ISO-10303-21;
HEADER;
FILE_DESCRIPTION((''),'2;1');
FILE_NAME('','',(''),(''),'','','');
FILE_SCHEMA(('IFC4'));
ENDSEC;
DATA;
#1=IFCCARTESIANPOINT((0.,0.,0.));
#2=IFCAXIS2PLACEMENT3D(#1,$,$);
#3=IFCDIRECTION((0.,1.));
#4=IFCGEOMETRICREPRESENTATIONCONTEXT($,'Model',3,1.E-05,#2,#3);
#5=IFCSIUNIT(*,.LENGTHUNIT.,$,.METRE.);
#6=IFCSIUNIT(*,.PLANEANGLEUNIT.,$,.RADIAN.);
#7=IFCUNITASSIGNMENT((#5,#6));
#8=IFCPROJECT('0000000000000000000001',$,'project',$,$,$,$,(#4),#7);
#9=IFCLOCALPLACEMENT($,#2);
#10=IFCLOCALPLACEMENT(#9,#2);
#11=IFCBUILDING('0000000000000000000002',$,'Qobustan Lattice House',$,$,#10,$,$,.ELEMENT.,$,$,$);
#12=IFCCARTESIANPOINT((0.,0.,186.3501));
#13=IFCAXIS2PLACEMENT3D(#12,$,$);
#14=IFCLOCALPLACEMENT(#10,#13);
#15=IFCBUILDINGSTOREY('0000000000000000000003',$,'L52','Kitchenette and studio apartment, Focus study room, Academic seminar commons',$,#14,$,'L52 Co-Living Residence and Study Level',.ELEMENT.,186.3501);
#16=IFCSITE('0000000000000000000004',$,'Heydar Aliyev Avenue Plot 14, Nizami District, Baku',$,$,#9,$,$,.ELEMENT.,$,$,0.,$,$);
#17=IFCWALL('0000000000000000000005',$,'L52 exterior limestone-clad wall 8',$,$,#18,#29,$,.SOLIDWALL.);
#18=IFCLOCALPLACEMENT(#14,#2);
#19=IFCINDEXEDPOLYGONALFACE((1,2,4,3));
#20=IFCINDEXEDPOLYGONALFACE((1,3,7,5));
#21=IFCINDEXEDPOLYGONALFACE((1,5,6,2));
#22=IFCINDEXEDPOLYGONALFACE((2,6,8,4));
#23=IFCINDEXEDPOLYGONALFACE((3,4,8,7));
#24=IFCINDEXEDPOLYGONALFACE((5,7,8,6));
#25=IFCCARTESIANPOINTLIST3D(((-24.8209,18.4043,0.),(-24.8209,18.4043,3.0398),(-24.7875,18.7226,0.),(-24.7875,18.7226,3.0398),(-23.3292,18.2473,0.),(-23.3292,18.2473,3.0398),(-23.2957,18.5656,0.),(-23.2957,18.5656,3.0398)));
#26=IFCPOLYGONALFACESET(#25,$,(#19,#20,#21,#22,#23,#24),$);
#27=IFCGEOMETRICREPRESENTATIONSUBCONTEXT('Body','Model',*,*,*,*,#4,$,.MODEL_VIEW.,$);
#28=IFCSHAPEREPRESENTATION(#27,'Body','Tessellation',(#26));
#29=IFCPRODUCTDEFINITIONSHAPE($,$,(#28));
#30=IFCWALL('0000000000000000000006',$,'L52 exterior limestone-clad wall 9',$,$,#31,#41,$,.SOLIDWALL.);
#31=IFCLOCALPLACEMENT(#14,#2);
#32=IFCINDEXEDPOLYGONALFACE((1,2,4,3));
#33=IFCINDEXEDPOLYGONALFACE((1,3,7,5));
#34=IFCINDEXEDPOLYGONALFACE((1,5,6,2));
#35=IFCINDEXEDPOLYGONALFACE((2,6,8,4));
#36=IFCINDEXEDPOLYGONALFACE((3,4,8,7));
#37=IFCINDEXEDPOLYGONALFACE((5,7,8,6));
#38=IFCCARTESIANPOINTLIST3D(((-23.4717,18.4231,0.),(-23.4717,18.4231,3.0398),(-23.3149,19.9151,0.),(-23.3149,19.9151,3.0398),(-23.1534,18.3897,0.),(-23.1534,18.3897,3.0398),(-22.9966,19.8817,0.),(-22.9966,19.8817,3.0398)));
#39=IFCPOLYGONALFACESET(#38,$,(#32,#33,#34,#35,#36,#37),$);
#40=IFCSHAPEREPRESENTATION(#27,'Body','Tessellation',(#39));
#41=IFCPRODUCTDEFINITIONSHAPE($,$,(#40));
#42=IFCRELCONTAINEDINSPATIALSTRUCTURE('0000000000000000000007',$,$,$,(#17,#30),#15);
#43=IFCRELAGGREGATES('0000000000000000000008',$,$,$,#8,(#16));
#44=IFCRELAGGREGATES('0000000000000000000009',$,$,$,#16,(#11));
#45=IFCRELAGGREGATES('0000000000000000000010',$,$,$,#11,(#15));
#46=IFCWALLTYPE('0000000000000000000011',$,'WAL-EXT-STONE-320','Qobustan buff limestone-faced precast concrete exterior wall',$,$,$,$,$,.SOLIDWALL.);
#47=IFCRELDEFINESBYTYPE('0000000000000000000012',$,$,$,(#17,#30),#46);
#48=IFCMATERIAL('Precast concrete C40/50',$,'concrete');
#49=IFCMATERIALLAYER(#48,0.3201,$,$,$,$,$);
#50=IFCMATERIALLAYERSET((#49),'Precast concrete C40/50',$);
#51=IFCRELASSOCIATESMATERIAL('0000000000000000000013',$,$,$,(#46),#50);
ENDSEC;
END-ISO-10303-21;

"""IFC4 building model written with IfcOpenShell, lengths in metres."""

from ifc_helpers import new_model, si_unit, direction, frame, frame_2d, origin, place, context, subcontext, project, spatial, rectangle, extrude, material, layer, layer_set, type_object, element, save


model = new_model("IFC4")

# Units and contexts
model_context = context("Model", 3, precision=1e-05, world=origin(), true_north=direction((0.0, 1.0)))
body_context = subcontext(model_context, "Body", "Model", "MODEL_VIEW")
ifc_project = project(units=[si_unit("LENGTHUNIT", "METRE"), si_unit("PLANEANGLEUNIT", "RADIAN")], contexts=[model_context])

# Site, building, storey
site_placement = place(None, origin())
site = spatial("IfcSite", under=ifc_project, at=site_placement, Name="Heydar Aliyev Avenue Plot 14, Nizami District, Baku", CompositionType="ELEMENT", RefElevation=0.0)
building_placement = place(site_placement, origin())
building = spatial("IfcBuilding", under=site, at=building_placement, Name="Qobustan Lattice House", CompositionType="ELEMENT")
storey_placement = place(building_placement, frame((0.0, 0.0, 186.3501)))
storey = spatial("IfcBuildingStorey", under=building, at=storey_placement, Name="L52", Description="Kitchenette and studio apartment, Focus study room, Academic seminar commons", LongName="L52 Co-Living Residence and Study Level", CompositionType="ELEMENT", Elevation=186.3501)

# Walls
ifc_material_1 = material(Name="Precast concrete C40/50", Category="concrete")
ifc_layer_1 = layer(ifc_material_1, 0.3201)
ifc_layer_set_1 = layer_set([ifc_layer_1], Name="Precast concrete C40/50")
wall_type_1 = type_object("IfcWallType", Name="WAL-EXT-STONE-320", Description="Qobustan buff limestone-faced precast concrete exterior wall", PredefinedType="SOLIDWALL", material=ifc_layer_set_1)
wall_1_placement = place(storey_placement, frame((-24.8042, 18.5635, 0.0), z_axis=(0.0, 0.0, 1.0), x_axis=(0.994508, -0.104659, 0.0)))
element("IfcWall", 1, at=wall_1_placement, inside=storey, type_object=wall_type_1, Name="L52 exterior limestone-clad wall 8", PredefinedType="SOLIDWALL", context=body_context, shape_type="SweptSolid", body=[
    extrude(rectangle(XDim=1.5, YDim=0.3201, at=frame_2d((0.75, 0.0))), origin(), (0.0, 0.0, 1.0), 3.0398),
])
wall_2_placement = place(storey_placement, frame((-23.3125, 18.4065, 0.0), z_axis=(0.0, 0.0, 1.0), x_axis=(0.104481, 0.994527, 0.0)))
element("IfcWall", 2, at=wall_2_placement, inside=storey, type_object=wall_type_1, Name="L52 exterior limestone-clad wall 9", PredefinedType="SOLIDWALL", context=body_context, shape_type="SweptSolid", body=[
    extrude(rectangle(XDim=1.5002, YDim=0.3201, at=frame_2d((0.75, 0.0))), origin(), (0.0, 0.0, 1.0), 3.0398),
])

save(model, "model.ifc")
